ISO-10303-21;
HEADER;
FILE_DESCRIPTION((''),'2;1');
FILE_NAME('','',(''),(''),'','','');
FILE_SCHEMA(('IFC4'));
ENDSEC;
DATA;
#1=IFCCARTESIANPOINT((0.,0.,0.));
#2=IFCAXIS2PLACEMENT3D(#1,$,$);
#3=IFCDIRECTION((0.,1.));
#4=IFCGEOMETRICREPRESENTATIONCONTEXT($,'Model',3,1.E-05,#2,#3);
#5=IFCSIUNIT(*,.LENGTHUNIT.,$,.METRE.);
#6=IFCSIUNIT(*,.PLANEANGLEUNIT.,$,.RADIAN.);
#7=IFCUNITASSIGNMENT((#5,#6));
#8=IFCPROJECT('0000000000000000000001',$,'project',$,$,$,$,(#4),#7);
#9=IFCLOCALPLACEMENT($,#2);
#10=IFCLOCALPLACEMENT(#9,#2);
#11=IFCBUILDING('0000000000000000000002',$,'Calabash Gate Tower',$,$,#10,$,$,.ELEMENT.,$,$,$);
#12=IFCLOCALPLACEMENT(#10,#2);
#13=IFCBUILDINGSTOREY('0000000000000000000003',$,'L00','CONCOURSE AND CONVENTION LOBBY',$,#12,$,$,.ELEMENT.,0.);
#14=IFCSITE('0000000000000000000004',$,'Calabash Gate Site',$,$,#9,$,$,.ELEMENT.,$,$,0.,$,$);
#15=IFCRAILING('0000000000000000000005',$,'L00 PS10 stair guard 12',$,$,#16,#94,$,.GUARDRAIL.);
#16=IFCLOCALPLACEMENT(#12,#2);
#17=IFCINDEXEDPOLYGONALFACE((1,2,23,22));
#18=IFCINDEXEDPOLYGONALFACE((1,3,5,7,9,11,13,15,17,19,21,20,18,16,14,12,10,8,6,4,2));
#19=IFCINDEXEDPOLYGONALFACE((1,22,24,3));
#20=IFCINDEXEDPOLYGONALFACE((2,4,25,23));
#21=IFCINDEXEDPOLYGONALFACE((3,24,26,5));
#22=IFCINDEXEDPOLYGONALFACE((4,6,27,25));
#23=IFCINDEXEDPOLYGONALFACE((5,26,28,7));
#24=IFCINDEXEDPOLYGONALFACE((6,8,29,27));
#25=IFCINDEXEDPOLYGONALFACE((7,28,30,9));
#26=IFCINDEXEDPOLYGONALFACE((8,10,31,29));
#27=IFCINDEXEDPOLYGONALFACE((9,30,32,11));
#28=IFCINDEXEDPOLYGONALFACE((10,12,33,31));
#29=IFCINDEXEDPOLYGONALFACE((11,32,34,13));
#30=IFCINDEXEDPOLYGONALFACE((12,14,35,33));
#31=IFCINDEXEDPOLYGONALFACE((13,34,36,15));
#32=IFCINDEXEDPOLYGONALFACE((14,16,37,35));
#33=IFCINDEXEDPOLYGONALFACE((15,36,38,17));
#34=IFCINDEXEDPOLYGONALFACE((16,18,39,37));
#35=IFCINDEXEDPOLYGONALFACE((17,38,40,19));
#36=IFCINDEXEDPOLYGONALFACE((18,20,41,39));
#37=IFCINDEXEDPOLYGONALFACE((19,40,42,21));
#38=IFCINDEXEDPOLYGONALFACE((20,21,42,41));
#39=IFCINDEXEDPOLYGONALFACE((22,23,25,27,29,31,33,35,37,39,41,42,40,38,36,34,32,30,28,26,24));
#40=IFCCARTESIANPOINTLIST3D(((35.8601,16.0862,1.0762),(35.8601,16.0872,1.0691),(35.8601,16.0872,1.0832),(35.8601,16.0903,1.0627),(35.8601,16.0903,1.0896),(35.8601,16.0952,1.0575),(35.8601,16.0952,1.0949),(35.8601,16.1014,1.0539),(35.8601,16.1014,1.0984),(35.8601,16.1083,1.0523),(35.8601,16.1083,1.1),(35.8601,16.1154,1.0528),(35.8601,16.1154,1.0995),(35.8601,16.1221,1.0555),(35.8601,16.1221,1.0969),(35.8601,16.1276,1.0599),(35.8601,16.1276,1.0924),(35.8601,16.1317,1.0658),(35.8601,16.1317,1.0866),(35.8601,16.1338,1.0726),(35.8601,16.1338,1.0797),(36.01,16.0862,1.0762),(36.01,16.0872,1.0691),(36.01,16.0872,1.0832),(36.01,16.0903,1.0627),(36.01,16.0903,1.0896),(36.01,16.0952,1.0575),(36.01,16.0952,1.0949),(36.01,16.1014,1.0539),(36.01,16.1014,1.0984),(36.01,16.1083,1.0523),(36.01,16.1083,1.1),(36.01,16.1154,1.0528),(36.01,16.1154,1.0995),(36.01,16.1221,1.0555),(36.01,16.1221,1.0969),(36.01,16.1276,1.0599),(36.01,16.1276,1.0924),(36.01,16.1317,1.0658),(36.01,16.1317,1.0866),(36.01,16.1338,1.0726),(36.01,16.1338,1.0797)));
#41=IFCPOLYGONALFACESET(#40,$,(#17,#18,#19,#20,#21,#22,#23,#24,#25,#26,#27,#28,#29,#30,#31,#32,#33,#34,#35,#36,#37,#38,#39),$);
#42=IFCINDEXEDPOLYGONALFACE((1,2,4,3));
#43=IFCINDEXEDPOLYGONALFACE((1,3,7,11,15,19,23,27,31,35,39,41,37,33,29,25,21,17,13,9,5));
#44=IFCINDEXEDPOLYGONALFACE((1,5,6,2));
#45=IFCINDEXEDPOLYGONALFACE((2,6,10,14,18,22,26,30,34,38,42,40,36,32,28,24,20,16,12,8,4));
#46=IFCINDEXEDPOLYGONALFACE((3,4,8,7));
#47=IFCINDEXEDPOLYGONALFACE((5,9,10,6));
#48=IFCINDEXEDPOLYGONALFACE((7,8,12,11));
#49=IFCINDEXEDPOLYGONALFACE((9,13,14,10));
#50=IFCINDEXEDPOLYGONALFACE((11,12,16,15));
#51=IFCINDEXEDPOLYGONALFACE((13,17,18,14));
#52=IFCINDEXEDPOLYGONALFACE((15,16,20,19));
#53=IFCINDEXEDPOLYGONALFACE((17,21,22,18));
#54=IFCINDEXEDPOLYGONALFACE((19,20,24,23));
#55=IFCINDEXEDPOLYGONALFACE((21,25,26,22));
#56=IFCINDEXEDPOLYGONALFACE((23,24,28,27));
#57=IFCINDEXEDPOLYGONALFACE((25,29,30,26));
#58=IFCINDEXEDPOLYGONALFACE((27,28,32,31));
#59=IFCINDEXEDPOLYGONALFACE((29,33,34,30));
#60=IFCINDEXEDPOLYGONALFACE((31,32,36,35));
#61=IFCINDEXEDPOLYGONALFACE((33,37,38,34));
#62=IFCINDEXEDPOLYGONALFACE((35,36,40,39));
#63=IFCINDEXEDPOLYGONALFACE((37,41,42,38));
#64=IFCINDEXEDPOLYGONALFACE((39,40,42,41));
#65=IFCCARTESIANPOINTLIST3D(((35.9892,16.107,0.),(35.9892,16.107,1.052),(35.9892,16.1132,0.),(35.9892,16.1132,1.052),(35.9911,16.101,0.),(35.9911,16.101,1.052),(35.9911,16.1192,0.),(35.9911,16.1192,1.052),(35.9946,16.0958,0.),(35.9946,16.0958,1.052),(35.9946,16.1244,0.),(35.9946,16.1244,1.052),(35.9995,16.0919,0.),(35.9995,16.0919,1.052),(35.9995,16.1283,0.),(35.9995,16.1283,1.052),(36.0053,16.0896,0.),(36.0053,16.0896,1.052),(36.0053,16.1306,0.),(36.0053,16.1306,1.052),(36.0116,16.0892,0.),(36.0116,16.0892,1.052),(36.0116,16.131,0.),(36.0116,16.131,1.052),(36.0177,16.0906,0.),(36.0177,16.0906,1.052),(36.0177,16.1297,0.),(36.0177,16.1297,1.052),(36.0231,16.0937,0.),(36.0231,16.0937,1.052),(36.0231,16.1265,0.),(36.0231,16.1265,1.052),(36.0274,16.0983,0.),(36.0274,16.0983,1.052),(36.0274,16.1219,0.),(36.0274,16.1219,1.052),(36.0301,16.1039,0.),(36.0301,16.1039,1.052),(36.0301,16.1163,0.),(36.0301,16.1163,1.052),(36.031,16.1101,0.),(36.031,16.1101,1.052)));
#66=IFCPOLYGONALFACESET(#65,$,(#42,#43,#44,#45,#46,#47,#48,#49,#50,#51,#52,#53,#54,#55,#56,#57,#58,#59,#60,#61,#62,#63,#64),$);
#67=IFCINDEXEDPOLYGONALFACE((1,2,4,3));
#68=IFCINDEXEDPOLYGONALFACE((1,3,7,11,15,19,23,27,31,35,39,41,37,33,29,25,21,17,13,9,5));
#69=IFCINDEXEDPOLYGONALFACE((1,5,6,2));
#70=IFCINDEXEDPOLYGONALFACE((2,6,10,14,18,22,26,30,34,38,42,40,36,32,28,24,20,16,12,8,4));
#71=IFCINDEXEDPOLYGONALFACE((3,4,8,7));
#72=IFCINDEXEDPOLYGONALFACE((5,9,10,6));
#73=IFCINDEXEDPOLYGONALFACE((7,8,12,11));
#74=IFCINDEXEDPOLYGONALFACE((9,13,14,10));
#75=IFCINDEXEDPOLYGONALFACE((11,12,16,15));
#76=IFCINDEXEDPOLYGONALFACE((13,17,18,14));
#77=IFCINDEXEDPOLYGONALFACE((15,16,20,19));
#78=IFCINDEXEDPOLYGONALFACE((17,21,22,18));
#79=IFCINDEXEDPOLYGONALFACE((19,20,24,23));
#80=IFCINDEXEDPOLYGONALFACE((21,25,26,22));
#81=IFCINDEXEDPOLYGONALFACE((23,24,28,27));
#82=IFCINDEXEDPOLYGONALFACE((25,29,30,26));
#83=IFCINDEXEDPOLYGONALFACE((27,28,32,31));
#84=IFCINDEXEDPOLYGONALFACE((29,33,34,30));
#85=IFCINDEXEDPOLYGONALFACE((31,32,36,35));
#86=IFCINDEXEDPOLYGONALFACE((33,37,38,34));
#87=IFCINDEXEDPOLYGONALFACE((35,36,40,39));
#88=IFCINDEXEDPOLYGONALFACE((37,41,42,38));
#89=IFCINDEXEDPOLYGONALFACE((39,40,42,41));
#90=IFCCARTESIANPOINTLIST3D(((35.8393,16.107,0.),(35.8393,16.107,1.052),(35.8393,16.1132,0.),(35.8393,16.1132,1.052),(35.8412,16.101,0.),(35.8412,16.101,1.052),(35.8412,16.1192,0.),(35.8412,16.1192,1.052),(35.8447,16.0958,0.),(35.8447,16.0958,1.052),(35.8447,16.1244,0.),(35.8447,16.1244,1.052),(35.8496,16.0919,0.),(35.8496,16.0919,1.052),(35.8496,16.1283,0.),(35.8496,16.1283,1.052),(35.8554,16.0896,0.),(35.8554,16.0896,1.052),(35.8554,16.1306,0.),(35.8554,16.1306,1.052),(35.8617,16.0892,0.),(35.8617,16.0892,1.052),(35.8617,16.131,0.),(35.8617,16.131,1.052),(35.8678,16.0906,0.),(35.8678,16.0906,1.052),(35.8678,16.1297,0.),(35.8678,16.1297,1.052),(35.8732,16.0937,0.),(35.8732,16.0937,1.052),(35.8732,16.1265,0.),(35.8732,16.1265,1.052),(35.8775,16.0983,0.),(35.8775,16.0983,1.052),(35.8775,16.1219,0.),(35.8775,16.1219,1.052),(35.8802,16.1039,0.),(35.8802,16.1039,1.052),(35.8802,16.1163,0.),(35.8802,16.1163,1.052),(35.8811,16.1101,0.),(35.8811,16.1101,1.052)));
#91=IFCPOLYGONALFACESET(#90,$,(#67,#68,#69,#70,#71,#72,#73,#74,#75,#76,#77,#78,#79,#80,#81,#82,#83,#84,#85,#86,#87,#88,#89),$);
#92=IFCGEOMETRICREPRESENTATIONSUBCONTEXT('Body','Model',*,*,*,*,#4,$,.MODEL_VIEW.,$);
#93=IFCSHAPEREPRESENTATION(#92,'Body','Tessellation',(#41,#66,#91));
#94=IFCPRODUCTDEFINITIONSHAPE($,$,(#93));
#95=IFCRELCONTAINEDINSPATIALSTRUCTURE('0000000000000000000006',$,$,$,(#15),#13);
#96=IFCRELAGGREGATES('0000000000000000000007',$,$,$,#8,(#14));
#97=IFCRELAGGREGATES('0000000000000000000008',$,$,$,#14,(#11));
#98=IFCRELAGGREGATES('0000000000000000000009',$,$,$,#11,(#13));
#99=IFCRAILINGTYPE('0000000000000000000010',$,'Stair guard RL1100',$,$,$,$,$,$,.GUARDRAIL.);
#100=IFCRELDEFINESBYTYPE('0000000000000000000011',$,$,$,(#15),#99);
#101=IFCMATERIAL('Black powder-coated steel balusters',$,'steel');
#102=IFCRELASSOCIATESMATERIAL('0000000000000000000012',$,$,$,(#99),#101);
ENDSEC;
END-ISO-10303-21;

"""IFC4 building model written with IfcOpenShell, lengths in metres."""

from ifc_helpers import new_model, si_unit, direction, frame, origin, origin_2d, place, context, subcontext, project, spatial, circle, extrude, material, type_object, element, save


model = new_model("IFC4")

# Units and contexts
model_context = context("Model", 3, precision=1e-05, world=origin(), true_north=direction((0.0, 1.0)))
body_context = subcontext(model_context, "Body", "Model", "MODEL_VIEW")
ifc_project = project(units=[si_unit("LENGTHUNIT", "METRE"), si_unit("PLANEANGLEUNIT", "RADIAN")], contexts=[model_context])

# Site, building, storey
site_placement = place(None, origin())
site = spatial("IfcSite", under=ifc_project, at=site_placement, Name="Calabash Gate Site", CompositionType="ELEMENT", RefElevation=0.0)
building_placement = place(site_placement, origin())
building = spatial("IfcBuilding", under=site, at=building_placement, Name="Calabash Gate Tower", CompositionType="ELEMENT")
storey_placement = place(building_placement, origin())
storey = spatial("IfcBuildingStorey", under=building, at=storey_placement, Name="L00", Description="CONCOURSE AND CONVENTION LOBBY", CompositionType="ELEMENT", Elevation=0.0)

# Railing
ifc_material_1 = material(Name="Black powder-coated steel balusters", Category="steel")
railing_type_1 = type_object("IfcRailingType", Name="Stair guard RL1100", PredefinedType="GUARDRAIL", material=ifc_material_1)
railing_1_placement = place(storey_placement, frame((36.01, 16.1101, 0.0)))
element("IfcRailing", 1, at=railing_1_placement, inside=storey, type_object=railing_type_1, Name="L00 PS10 stair guard 12", PredefinedType="GUARDRAIL", context=body_context, shape_type="SweptSolid", body=[
    extrude(circle(Radius=0.0239, at=origin_2d()), frame((0.0, 0.0, 1.0762), z_axis=(-1.0, 0.0, 0.0), x_axis=(0.0, -1.0, 0.0)), (0.0, 0.0, 1.0), 0.1499),
    extrude(circle(Radius=0.021, at=origin_2d()), origin(), (0.0, 0.0, 1.0), 1.052),
    extrude(circle(Radius=0.021, at=origin_2d()), frame((-0.1499, 0.0, 0.0)), (0.0, 0.0, 1.0), 1.052),
])

save(model, "model.ifc")
